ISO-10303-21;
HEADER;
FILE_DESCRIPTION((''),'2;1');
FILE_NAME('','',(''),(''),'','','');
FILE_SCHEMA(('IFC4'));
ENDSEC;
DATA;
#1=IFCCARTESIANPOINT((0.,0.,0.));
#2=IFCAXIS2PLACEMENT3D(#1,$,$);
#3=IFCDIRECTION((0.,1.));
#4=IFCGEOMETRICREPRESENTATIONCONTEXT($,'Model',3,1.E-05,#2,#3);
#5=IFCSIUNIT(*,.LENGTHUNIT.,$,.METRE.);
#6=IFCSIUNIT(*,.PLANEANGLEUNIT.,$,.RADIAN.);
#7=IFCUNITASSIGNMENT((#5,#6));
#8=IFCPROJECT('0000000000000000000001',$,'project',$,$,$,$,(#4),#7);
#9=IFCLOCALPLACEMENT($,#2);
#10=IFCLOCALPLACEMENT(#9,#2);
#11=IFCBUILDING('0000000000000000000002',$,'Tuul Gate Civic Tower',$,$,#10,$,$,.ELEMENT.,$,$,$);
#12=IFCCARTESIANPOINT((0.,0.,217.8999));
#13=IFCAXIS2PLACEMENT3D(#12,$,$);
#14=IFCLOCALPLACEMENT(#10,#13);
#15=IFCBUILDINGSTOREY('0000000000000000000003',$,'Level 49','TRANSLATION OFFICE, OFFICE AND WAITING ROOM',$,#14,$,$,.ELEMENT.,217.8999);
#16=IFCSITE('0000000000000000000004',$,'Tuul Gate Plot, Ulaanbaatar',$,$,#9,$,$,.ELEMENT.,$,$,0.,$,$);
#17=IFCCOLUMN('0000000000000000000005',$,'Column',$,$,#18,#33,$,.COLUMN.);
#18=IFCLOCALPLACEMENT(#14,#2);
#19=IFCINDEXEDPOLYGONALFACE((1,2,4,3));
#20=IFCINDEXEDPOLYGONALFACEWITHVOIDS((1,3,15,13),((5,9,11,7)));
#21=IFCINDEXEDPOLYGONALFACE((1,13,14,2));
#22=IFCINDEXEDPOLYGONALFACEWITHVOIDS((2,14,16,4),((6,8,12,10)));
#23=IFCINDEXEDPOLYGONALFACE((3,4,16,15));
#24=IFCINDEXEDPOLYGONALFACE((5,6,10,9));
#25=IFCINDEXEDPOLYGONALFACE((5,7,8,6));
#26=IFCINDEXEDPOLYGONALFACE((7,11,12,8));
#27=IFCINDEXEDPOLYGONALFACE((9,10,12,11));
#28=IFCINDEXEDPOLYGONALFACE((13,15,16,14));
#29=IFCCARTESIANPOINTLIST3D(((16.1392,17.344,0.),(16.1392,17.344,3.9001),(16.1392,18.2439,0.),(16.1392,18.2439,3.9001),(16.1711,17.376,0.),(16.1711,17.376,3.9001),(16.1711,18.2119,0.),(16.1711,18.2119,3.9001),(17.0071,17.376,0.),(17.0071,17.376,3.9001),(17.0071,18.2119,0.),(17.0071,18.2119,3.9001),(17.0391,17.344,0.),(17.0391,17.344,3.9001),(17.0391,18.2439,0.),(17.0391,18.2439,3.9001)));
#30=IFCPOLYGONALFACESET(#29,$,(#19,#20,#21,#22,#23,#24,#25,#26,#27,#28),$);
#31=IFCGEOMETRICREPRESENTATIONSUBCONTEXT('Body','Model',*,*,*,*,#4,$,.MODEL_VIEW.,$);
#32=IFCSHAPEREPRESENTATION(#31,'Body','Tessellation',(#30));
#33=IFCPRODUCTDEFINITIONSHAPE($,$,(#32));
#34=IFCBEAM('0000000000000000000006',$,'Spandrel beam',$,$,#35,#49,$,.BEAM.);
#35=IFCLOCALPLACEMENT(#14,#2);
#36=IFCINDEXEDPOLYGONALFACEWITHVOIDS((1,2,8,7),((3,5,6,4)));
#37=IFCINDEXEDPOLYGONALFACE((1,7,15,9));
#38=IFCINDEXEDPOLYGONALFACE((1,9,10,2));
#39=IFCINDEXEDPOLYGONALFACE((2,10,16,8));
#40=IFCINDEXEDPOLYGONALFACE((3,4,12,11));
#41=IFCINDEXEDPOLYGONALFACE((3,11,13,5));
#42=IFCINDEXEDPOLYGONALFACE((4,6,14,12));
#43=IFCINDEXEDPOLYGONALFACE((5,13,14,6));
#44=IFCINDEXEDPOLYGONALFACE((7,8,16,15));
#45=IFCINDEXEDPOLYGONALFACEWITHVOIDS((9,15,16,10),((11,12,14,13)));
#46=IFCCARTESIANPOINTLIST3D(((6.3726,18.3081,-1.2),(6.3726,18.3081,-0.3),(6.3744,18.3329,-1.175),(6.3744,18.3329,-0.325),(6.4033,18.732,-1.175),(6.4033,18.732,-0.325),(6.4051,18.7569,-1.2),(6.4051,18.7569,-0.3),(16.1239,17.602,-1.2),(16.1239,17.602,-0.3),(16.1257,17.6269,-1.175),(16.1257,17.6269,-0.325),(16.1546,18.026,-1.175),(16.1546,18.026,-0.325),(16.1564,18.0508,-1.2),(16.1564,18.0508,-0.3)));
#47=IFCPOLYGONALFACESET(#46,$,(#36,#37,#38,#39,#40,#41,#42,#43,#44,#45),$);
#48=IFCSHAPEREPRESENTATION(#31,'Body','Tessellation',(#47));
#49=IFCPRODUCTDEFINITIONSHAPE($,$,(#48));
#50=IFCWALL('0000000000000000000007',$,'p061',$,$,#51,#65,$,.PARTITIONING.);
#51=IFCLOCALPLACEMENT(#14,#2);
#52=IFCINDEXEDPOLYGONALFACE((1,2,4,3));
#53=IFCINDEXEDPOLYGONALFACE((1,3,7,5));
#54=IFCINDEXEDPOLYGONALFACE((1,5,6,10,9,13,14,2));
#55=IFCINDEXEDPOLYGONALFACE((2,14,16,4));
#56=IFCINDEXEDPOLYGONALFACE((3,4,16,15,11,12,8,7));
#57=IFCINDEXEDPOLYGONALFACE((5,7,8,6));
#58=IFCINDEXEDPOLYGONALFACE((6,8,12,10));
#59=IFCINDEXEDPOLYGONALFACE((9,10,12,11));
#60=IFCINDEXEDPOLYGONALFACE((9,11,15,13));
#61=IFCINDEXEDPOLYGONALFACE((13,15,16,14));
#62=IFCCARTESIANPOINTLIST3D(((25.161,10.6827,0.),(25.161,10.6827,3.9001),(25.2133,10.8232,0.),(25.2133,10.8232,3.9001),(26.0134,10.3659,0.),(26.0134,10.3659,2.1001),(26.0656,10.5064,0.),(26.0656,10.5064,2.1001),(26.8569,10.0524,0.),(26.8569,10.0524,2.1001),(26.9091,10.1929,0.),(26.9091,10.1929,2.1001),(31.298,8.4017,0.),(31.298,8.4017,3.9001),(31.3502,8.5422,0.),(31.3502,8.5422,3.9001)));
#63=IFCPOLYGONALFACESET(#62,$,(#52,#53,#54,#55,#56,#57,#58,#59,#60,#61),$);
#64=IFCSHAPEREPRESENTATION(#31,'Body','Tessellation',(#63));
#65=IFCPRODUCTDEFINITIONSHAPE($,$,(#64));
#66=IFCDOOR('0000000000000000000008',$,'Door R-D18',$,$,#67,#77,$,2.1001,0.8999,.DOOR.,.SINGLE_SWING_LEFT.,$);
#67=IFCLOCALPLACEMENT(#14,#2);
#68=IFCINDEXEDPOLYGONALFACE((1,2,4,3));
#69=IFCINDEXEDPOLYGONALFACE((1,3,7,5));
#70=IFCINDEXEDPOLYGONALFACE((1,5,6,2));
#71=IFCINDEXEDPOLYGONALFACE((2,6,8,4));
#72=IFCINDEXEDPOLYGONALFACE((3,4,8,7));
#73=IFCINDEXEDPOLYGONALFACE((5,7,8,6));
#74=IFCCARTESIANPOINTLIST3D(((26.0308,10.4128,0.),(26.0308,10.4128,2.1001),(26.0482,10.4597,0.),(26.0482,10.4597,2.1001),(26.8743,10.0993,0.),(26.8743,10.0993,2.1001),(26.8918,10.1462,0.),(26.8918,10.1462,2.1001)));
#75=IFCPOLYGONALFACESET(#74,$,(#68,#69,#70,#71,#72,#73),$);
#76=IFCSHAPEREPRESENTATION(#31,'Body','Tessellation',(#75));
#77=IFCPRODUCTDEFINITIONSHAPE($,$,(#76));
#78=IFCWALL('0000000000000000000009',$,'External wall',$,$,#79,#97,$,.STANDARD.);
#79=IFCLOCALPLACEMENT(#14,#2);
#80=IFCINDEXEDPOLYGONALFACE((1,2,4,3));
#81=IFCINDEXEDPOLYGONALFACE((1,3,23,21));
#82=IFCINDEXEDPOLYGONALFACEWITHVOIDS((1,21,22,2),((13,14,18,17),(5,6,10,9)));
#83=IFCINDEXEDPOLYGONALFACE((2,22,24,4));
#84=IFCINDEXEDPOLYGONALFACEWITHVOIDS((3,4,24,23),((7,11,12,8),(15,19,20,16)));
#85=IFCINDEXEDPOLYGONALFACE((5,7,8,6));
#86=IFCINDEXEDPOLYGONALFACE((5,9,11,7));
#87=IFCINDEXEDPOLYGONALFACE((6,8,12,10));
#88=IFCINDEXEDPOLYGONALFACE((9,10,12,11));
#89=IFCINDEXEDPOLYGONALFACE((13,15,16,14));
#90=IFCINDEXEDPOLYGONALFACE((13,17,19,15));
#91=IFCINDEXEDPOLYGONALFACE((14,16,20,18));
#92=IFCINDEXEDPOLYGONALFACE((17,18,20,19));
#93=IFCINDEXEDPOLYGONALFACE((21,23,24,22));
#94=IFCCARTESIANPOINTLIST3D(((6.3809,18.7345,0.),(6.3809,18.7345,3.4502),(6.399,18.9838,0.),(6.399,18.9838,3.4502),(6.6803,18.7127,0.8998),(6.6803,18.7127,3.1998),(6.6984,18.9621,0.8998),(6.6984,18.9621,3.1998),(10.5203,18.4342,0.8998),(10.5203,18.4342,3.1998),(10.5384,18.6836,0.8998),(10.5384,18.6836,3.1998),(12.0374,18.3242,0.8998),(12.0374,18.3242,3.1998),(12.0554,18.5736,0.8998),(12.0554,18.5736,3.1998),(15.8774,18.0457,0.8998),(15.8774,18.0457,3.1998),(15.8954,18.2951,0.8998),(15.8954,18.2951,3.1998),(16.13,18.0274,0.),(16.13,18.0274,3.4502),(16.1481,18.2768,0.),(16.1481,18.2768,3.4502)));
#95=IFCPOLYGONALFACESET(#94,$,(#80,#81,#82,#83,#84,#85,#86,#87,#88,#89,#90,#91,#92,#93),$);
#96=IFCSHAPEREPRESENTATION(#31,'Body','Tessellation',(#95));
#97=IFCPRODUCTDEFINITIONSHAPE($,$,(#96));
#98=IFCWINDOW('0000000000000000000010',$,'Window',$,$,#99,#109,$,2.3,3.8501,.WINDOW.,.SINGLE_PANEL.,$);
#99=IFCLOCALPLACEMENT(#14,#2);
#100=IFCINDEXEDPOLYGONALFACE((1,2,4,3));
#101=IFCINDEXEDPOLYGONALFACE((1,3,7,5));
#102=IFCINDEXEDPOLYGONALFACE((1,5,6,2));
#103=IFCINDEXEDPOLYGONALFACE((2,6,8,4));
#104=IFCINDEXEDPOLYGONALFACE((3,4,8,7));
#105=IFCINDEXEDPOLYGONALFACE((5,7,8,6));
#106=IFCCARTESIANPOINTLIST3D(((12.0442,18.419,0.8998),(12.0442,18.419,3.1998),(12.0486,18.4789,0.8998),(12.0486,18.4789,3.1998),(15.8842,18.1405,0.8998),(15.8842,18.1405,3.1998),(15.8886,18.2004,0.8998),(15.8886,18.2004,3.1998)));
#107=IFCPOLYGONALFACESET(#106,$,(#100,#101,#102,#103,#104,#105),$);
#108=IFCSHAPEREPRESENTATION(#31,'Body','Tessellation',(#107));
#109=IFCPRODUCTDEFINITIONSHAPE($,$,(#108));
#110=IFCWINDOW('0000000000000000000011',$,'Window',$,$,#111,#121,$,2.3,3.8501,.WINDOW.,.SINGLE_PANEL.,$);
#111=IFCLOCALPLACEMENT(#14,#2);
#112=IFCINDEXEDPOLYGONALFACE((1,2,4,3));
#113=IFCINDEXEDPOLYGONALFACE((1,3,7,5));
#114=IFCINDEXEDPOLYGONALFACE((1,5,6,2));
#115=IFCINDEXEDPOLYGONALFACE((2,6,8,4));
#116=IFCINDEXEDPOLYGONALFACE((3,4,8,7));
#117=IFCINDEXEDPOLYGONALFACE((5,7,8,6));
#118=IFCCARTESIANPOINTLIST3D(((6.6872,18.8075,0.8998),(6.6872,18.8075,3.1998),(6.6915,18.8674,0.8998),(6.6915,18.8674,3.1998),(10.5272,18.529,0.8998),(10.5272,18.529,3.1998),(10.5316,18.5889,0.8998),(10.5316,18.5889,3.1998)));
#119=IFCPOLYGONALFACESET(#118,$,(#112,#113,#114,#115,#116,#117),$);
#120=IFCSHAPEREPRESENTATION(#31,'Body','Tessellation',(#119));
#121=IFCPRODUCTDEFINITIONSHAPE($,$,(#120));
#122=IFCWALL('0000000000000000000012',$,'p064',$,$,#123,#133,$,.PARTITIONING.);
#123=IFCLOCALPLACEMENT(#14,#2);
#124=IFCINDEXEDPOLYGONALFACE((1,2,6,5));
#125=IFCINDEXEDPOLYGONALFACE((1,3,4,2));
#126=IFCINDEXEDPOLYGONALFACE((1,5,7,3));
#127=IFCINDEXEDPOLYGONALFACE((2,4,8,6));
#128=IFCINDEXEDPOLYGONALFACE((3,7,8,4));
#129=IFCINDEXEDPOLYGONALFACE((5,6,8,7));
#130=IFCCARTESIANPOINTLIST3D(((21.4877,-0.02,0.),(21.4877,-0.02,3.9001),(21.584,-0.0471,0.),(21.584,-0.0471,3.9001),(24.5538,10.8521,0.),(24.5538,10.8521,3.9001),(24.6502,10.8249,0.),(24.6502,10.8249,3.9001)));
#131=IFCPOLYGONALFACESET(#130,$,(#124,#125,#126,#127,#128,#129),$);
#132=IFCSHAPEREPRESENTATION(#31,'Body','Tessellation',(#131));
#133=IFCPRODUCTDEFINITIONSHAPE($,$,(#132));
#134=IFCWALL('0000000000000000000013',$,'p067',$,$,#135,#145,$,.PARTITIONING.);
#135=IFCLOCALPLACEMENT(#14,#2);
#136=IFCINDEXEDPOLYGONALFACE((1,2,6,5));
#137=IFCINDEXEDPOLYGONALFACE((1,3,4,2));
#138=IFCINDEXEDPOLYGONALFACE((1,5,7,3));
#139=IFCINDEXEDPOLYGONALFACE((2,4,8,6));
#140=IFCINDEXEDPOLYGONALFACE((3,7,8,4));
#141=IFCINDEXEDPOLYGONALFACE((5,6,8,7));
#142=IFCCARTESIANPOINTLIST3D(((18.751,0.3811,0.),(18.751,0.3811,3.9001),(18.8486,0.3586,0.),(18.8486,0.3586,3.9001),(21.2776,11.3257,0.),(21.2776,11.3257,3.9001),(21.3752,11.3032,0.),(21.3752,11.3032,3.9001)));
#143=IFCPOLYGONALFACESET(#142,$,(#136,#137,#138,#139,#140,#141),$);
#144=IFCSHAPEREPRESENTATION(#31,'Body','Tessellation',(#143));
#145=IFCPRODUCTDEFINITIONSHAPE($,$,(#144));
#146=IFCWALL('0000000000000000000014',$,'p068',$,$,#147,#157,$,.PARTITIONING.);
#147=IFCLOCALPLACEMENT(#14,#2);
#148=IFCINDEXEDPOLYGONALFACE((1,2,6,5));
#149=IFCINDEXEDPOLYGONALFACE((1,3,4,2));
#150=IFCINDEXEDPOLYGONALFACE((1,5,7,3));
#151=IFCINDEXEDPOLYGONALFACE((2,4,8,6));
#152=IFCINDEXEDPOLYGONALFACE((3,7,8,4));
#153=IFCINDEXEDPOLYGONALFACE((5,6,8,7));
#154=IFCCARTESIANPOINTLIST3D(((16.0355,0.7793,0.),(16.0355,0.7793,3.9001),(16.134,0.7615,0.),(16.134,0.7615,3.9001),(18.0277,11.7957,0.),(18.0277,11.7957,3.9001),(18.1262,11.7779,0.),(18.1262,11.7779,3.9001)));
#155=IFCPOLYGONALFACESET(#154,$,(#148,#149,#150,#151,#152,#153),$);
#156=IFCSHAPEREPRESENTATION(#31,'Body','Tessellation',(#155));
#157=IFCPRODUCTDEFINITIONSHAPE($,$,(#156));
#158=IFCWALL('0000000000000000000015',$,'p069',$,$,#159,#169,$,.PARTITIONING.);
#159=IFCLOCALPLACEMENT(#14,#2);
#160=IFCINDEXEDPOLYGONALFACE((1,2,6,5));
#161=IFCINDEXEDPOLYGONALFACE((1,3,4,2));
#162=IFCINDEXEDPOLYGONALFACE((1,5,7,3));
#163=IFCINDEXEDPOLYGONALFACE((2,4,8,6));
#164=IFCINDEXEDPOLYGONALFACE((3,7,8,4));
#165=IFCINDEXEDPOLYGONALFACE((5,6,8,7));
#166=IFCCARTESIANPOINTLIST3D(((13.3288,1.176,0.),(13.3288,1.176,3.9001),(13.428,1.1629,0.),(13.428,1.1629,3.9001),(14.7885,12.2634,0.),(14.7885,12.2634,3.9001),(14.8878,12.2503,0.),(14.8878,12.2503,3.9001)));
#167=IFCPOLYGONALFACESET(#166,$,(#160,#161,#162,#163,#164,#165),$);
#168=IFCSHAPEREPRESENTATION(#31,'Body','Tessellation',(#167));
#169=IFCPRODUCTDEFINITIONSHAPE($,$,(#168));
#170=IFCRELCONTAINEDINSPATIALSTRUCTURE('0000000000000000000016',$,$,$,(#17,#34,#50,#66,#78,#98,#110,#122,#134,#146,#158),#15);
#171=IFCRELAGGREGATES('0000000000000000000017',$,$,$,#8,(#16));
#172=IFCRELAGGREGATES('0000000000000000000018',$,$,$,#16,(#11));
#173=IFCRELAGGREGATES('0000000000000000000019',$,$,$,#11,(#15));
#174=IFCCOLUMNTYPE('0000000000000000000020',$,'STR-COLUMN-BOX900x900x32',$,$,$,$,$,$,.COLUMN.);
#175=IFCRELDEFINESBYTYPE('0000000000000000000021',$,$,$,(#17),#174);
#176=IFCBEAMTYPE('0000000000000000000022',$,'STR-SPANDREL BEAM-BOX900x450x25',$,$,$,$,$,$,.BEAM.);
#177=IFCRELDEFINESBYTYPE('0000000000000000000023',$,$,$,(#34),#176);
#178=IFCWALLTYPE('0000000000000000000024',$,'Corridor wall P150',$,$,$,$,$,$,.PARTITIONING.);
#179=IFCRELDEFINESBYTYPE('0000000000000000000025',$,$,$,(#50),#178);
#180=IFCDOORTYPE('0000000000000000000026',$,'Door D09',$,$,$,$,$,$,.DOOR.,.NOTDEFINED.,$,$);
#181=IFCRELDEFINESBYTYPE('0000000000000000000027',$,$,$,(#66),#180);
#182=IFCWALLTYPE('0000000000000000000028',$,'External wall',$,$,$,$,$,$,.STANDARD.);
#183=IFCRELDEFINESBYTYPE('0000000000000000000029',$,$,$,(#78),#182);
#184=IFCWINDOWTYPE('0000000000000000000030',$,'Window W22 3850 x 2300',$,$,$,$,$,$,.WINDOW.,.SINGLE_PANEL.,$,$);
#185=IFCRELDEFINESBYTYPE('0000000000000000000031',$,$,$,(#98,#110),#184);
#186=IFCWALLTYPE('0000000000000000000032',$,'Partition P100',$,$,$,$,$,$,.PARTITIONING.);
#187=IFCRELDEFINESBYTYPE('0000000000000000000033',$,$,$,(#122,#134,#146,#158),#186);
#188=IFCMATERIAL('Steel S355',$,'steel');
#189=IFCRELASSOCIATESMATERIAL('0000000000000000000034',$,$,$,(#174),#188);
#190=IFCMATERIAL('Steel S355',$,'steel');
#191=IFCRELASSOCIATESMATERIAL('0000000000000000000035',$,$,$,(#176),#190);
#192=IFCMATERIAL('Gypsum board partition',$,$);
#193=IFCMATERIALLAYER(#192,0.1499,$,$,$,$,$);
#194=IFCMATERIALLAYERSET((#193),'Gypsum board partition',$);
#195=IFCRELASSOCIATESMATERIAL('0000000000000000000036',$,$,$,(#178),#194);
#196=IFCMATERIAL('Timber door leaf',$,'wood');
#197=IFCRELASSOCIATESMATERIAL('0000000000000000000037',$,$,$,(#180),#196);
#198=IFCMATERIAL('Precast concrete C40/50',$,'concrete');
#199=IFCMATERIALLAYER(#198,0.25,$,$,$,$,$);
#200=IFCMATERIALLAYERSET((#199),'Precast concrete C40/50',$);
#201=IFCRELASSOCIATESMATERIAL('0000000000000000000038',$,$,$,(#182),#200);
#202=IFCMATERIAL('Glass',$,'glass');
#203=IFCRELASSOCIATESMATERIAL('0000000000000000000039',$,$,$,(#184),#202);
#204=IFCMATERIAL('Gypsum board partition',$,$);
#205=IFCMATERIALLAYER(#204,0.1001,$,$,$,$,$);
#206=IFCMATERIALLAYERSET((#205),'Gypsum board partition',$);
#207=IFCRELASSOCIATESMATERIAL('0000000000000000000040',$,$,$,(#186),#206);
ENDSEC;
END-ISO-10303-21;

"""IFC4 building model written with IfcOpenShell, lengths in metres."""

from ifc_helpers import new_model, si_unit, direction, frame, frame_2d, origin, origin_2d, place, context, subcontext, project, spatial, rectangle, hollow_rectangle, extrude, material, layer, layer_set, material_profile, profile_set, type_object, element, fill, save


model = new_model("IFC4")

# Units and contexts
model_context = context("Model", 3, precision=1e-05, world=origin(), true_north=direction((0.0, 1.0)))
body_context = subcontext(model_context, "Body", "Model", "MODEL_VIEW")
ifc_project = project(units=[si_unit("LENGTHUNIT", "METRE"), si_unit("PLANEANGLEUNIT", "RADIAN")], contexts=[model_context])

# Site, building, storey
site_placement = place(None, origin())
site = spatial("IfcSite", under=ifc_project, at=site_placement, Name="Tuul Gate Plot, Ulaanbaatar", CompositionType="ELEMENT", RefElevation=0.0)
building_placement = place(site_placement, origin())
building = spatial("IfcBuilding", under=site, at=building_placement, Name="Tuul Gate Civic Tower", CompositionType="ELEMENT")
storey_placement = place(building_placement, frame((0.0, 0.0, 217.8999)))
storey = spatial("IfcBuildingStorey", under=building, at=storey_placement, Name="Level 49", Description="TRANSLATION OFFICE, OFFICE AND WAITING ROOM", CompositionType="ELEMENT", Elevation=217.8999)

# Column
ifc_material_1 = material(Name="Steel S355", Category="steel")
ifc_material_profile_1 = material_profile(ifc_material_1, hollow_rectangle(XDim=0.8999, YDim=0.8999, WallThickness=0.032, at=origin_2d()), Name="BOX900x900x32")
ifc_profile_set_1 = profile_set([ifc_material_profile_1], Name="Steel S355")
column_type = type_object("IfcColumnType", Name="STR-COLUMN-BOX900x900x32", PredefinedType="COLUMN", material=ifc_profile_set_1)
column_placement = place(storey_placement, frame((16.5891, 17.7939, 0.0), z_axis=(0.0, 0.0, 1.0), x_axis=(1.0, 0.0, 0.0)))
element("IfcColumn", 1, at=column_placement, inside=storey, type_object=column_type, Name="Column", PredefinedType="COLUMN", context=body_context, shape_type="SweptSolid", body=[
    extrude(hollow_rectangle(XDim=0.8999, YDim=0.8999, WallThickness=0.032, at=origin_2d()), origin(), (0.0, 0.0, 1.0), 3.9001),
])

# Beam
ifc_material_2 = material(Name="Steel S355", Category="steel")
ifc_material_profile_2 = material_profile(ifc_material_2, hollow_rectangle(XDim=0.45, YDim=0.8999, WallThickness=0.0249, at=origin_2d()), Name="BOX900x450x25")
ifc_profile_set_2 = profile_set([ifc_material_profile_2], Name="Steel S355")
beam_type = type_object("IfcBeamType", Name="STR-SPANDREL BEAM-BOX900x450x25", PredefinedType="BEAM", material=ifc_profile_set_2)
beam_placement = place(storey_placement, frame((16.1401, 17.8264, -0.75), z_axis=(-0.997389, 0.072218, 0.0), x_axis=(-0.072218, -0.997389, 0.0)))
element("IfcBeam", 2, at=beam_placement, inside=storey, type_object=beam_type, Name="Spandrel beam", PredefinedType="BEAM", context=body_context, shape_type="SweptSolid", body=[
    extrude(hollow_rectangle(XDim=0.45, YDim=0.8999, WallThickness=0.0249, at=origin_2d()), origin(), (0.0, 0.0, 1.0), 9.7769),
])

# Wall, opening, door
ifc_material_3 = material(Name="Gypsum board partition")
ifc_layer_1 = layer(ifc_material_3, 0.1499)
ifc_layer_set_1 = layer_set([ifc_layer_1], Name="Gypsum board partition")
wall_type_1 = type_object("IfcWallType", Name="Corridor wall P150", PredefinedType="PARTITIONING", material=ifc_layer_set_1)
wall_1_placement = place(storey_placement, frame((25.1873, 10.7529, 0.0), z_axis=(0.0, 0.0, 1.0), x_axis=(0.937347, -0.348396, 0.0)))
wall_1 = element("IfcWall", 3, at=wall_1_placement, inside=storey, type_object=wall_type_1, Name="p061", PredefinedType="PARTITIONING", context=body_context, shape_type="SweptSolid", body=[
    extrude(rectangle(XDim=6.5471, YDim=0.1499, at=frame_2d((3.2734, 0.0))), origin(), (0.0, 0.0, 1.0), 3.9001),
])
opening_1_placement = place(wall_1_placement, frame((0.9092, 0.0, 0.0)))
opening_1 = element("IfcOpeningElement", 4, at=opening_1_placement, cuts=wall_1, PredefinedType="OPENING", context=body_context, shape_type="SweptSolid", body=[
    extrude(rectangle(XDim=0.8999, YDim=2.1001, at=frame_2d((0.45, 1.05))), frame((0.0, 0.085, 0.0), z_axis=(0.0, -1.0, 0.0), x_axis=(1.0, 0.0, 0.0)), (0.0, 0.0, 1.0), 0.1699),
])
ifc_material_4 = material(Name="Timber door leaf", Category="wood")
door_type = type_object("IfcDoorType", Name="Door D09", OperationType="NOTDEFINED", PredefinedType="DOOR", material=ifc_material_4)
door_placement = place(opening_1_placement, frame((0.8999, 0.0, 0.0), z_axis=(0.0, 0.0, 1.0), x_axis=(-1.0, 0.0, 0.0)))
door = element("IfcDoor", 5, at=door_placement, inside=storey, type_object=door_type, Name="Door R-D18", OperationType="SINGLE_SWING_LEFT", OverallHeight=2.1001, OverallWidth=0.8999, PredefinedType="DOOR", context=body_context, shape_type="SweptSolid", body=[
    extrude(rectangle(XDim=0.8999, YDim=2.1001, at=frame_2d((0.45, 1.05))), frame((0.0, 0.0249, 0.0), z_axis=(0.0, -1.0, 0.0), x_axis=(1.0, 0.0, 0.0)), (0.0, 0.0, 1.0), 0.05),
])
fill(opening_1, door)

# Wall, openings, windows
ifc_material_5 = material(Name="Precast concrete C40/50", Category="concrete")
ifc_layer_2 = layer(ifc_material_5, 0.25)
ifc_layer_set_2 = layer_set([ifc_layer_2], Name="Precast concrete C40/50")
wall_type_2 = type_object("IfcWallType", Name="External wall", PredefinedType="STANDARD", material=ifc_layer_set_2)
wall_2_placement = place(storey_placement, frame((16.1389, 18.1521, 0.0), z_axis=(0.0, 0.0, 1.0), x_axis=(-0.997381, 0.072333, 0.0)))
wall_2 = element("IfcWall", 6, at=wall_2_placement, inside=storey, type_object=wall_type_2, Name="External wall", PredefinedType="STANDARD", context=body_context, shape_type="SweptSolid", body=[
    extrude(rectangle(XDim=9.7747, YDim=0.25, at=frame_2d((4.8872, 0.0))), origin(), (0.0, 0.0, 1.0), 3.4502),
])
opening_2_placement = place(wall_2_placement, frame((0.2532, 0.0, 0.8999)))
opening_2 = element("IfcOpeningElement", 7, at=opening_2_placement, cuts=wall_2, PredefinedType="OPENING", context=body_context, shape_type="SweptSolid", body=[
    extrude(rectangle(XDim=3.8501, YDim=2.3, at=frame_2d((1.925, 1.1499))), frame((0.0, 0.135, 0.0), z_axis=(0.0, -1.0, 0.0), x_axis=(1.0, 0.0, 0.0)), (0.0, 0.0, 1.0), 0.27),
])
opening_3_placement = place(wall_2_placement, frame((5.6243, 0.0, 0.8999)))
opening_3 = element("IfcOpeningElement", 8, at=opening_3_placement, cuts=wall_2, PredefinedType="OPENING", context=body_context, shape_type="SweptSolid", body=[
    extrude(rectangle(XDim=3.8501, YDim=2.3, at=frame_2d((1.925, 1.1499))), frame((0.0, 0.135, 0.0), z_axis=(0.0, -1.0, 0.0), x_axis=(1.0, 0.0, 0.0)), (0.0, 0.0, 1.0), 0.27),
])
ifc_material_6 = material(Name="Glass", Category="glass")
window_type = type_object("IfcWindowType", Name="Window W22 3850 x 2300", PartitioningType="SINGLE_PANEL", PredefinedType="WINDOW", material=ifc_material_6)
window_1_placement = place(opening_2_placement, origin())
window_1 = element("IfcWindow", 9, at=window_1_placement, inside=storey, type_object=window_type, Name="Window", OverallHeight=2.3, OverallWidth=3.8501, PartitioningType="SINGLE_PANEL", PredefinedType="WINDOW", context=body_context, shape_type="SweptSolid", body=[
    extrude(rectangle(XDim=3.8501, YDim=2.3, at=frame_2d((1.925, 1.1499))), frame((0.0, 0.03, 0.0), z_axis=(0.0, -1.0, 0.0), x_axis=(1.0, 0.0, 0.0)), (0.0, 0.0, 1.0), 0.0601),
])
fill(opening_2, window_1)
window_2_placement = place(opening_3_placement, origin())
window_2 = element("IfcWindow", 10, at=window_2_placement, inside=storey, type_object=window_type, Name="Window", OverallHeight=2.3, OverallWidth=3.8501, PartitioningType="SINGLE_PANEL", PredefinedType="WINDOW", context=body_context, shape_type="SweptSolid", body=[
    extrude(rectangle(XDim=3.8501, YDim=2.3, at=frame_2d((1.925, 1.1499))), frame((0.0, 0.03, 0.0), z_axis=(0.0, -1.0, 0.0), x_axis=(1.0, 0.0, 0.0)), (0.0, 0.0, 1.0), 0.0601),
])
fill(opening_3, window_2)

# Walls
ifc_material_7 = material(Name="Gypsum board partition")
ifc_layer_3 = layer(ifc_material_7, 0.1001)
ifc_layer_set_3 = layer_set([ifc_layer_3], Name="Gypsum board partition")
wall_type_3 = type_object("IfcWallType", Name="Partition P100", PredefinedType="PARTITIONING", material=ifc_layer_set_3)
wall_3_placement = place(storey_placement, frame((21.5359, -0.0334, 0.0), z_axis=(0.0, 0.0, 1.0), x_axis=(0.271434, 0.962457, 0.0)))
element("IfcWall", 11, at=wall_3_placement, inside=storey, type_object=wall_type_3, Name="p064", PredefinedType="PARTITIONING", context=body_context, shape_type="SweptSolid", body=[
    extrude(rectangle(XDim=11.2961, YDim=0.1001, at=frame_2d((5.6479, 0.0))), origin(), (0.0, 0.0, 1.0), 3.9001),
])
wall_4_placement = place(storey_placement, frame((18.7998, 0.3699, 0.0), z_axis=(0.0, 0.0, 1.0), x_axis=(0.224939, 0.974373, 0.0)))
element("IfcWall", 12, at=wall_4_placement, inside=storey, type_object=wall_type_3, Name="p067", PredefinedType="PARTITIONING", context=body_context, shape_type="SweptSolid", body=[
    extrude(rectangle(XDim=11.2324, YDim=0.1001, at=frame_2d((5.6162, 0.0))), origin(), (0.0, 0.0, 1.0), 3.9001),
])
wall_5_placement = place(storey_placement, frame((16.0847, 0.7703, 0.0), z_axis=(0.0, 0.0, 1.0), x_axis=(0.177953, 0.984039, 0.0)))
element("IfcWall", 13, at=wall_5_placement, inside=storey, type_object=wall_type_3, Name="p068", PredefinedType="PARTITIONING", context=body_context, shape_type="SweptSolid", body=[
    extrude(rectangle(XDim=11.1951, YDim=0.1001, at=frame_2d((5.5977, 0.0))), origin(), (0.0, 0.0, 1.0), 3.9001),
])
wall_6_placement = place(storey_placement, frame((13.3784, 1.1694, 0.0), z_axis=(0.0, 0.0, 1.0), x_axis=(0.130529, 0.991444, 0.0)))
element("IfcWall", 14, at=wall_6_placement, inside=storey, type_object=wall_type_3, Name="p069", PredefinedType="PARTITIONING", context=body_context, shape_type="SweptSolid", body=[
    extrude(rectangle(XDim=11.1831, YDim=0.1001, at=frame_2d((5.5916, 0.0))), origin(), (0.0, 0.0, 1.0), 3.9001),
])

save(model, "model.ifc")
